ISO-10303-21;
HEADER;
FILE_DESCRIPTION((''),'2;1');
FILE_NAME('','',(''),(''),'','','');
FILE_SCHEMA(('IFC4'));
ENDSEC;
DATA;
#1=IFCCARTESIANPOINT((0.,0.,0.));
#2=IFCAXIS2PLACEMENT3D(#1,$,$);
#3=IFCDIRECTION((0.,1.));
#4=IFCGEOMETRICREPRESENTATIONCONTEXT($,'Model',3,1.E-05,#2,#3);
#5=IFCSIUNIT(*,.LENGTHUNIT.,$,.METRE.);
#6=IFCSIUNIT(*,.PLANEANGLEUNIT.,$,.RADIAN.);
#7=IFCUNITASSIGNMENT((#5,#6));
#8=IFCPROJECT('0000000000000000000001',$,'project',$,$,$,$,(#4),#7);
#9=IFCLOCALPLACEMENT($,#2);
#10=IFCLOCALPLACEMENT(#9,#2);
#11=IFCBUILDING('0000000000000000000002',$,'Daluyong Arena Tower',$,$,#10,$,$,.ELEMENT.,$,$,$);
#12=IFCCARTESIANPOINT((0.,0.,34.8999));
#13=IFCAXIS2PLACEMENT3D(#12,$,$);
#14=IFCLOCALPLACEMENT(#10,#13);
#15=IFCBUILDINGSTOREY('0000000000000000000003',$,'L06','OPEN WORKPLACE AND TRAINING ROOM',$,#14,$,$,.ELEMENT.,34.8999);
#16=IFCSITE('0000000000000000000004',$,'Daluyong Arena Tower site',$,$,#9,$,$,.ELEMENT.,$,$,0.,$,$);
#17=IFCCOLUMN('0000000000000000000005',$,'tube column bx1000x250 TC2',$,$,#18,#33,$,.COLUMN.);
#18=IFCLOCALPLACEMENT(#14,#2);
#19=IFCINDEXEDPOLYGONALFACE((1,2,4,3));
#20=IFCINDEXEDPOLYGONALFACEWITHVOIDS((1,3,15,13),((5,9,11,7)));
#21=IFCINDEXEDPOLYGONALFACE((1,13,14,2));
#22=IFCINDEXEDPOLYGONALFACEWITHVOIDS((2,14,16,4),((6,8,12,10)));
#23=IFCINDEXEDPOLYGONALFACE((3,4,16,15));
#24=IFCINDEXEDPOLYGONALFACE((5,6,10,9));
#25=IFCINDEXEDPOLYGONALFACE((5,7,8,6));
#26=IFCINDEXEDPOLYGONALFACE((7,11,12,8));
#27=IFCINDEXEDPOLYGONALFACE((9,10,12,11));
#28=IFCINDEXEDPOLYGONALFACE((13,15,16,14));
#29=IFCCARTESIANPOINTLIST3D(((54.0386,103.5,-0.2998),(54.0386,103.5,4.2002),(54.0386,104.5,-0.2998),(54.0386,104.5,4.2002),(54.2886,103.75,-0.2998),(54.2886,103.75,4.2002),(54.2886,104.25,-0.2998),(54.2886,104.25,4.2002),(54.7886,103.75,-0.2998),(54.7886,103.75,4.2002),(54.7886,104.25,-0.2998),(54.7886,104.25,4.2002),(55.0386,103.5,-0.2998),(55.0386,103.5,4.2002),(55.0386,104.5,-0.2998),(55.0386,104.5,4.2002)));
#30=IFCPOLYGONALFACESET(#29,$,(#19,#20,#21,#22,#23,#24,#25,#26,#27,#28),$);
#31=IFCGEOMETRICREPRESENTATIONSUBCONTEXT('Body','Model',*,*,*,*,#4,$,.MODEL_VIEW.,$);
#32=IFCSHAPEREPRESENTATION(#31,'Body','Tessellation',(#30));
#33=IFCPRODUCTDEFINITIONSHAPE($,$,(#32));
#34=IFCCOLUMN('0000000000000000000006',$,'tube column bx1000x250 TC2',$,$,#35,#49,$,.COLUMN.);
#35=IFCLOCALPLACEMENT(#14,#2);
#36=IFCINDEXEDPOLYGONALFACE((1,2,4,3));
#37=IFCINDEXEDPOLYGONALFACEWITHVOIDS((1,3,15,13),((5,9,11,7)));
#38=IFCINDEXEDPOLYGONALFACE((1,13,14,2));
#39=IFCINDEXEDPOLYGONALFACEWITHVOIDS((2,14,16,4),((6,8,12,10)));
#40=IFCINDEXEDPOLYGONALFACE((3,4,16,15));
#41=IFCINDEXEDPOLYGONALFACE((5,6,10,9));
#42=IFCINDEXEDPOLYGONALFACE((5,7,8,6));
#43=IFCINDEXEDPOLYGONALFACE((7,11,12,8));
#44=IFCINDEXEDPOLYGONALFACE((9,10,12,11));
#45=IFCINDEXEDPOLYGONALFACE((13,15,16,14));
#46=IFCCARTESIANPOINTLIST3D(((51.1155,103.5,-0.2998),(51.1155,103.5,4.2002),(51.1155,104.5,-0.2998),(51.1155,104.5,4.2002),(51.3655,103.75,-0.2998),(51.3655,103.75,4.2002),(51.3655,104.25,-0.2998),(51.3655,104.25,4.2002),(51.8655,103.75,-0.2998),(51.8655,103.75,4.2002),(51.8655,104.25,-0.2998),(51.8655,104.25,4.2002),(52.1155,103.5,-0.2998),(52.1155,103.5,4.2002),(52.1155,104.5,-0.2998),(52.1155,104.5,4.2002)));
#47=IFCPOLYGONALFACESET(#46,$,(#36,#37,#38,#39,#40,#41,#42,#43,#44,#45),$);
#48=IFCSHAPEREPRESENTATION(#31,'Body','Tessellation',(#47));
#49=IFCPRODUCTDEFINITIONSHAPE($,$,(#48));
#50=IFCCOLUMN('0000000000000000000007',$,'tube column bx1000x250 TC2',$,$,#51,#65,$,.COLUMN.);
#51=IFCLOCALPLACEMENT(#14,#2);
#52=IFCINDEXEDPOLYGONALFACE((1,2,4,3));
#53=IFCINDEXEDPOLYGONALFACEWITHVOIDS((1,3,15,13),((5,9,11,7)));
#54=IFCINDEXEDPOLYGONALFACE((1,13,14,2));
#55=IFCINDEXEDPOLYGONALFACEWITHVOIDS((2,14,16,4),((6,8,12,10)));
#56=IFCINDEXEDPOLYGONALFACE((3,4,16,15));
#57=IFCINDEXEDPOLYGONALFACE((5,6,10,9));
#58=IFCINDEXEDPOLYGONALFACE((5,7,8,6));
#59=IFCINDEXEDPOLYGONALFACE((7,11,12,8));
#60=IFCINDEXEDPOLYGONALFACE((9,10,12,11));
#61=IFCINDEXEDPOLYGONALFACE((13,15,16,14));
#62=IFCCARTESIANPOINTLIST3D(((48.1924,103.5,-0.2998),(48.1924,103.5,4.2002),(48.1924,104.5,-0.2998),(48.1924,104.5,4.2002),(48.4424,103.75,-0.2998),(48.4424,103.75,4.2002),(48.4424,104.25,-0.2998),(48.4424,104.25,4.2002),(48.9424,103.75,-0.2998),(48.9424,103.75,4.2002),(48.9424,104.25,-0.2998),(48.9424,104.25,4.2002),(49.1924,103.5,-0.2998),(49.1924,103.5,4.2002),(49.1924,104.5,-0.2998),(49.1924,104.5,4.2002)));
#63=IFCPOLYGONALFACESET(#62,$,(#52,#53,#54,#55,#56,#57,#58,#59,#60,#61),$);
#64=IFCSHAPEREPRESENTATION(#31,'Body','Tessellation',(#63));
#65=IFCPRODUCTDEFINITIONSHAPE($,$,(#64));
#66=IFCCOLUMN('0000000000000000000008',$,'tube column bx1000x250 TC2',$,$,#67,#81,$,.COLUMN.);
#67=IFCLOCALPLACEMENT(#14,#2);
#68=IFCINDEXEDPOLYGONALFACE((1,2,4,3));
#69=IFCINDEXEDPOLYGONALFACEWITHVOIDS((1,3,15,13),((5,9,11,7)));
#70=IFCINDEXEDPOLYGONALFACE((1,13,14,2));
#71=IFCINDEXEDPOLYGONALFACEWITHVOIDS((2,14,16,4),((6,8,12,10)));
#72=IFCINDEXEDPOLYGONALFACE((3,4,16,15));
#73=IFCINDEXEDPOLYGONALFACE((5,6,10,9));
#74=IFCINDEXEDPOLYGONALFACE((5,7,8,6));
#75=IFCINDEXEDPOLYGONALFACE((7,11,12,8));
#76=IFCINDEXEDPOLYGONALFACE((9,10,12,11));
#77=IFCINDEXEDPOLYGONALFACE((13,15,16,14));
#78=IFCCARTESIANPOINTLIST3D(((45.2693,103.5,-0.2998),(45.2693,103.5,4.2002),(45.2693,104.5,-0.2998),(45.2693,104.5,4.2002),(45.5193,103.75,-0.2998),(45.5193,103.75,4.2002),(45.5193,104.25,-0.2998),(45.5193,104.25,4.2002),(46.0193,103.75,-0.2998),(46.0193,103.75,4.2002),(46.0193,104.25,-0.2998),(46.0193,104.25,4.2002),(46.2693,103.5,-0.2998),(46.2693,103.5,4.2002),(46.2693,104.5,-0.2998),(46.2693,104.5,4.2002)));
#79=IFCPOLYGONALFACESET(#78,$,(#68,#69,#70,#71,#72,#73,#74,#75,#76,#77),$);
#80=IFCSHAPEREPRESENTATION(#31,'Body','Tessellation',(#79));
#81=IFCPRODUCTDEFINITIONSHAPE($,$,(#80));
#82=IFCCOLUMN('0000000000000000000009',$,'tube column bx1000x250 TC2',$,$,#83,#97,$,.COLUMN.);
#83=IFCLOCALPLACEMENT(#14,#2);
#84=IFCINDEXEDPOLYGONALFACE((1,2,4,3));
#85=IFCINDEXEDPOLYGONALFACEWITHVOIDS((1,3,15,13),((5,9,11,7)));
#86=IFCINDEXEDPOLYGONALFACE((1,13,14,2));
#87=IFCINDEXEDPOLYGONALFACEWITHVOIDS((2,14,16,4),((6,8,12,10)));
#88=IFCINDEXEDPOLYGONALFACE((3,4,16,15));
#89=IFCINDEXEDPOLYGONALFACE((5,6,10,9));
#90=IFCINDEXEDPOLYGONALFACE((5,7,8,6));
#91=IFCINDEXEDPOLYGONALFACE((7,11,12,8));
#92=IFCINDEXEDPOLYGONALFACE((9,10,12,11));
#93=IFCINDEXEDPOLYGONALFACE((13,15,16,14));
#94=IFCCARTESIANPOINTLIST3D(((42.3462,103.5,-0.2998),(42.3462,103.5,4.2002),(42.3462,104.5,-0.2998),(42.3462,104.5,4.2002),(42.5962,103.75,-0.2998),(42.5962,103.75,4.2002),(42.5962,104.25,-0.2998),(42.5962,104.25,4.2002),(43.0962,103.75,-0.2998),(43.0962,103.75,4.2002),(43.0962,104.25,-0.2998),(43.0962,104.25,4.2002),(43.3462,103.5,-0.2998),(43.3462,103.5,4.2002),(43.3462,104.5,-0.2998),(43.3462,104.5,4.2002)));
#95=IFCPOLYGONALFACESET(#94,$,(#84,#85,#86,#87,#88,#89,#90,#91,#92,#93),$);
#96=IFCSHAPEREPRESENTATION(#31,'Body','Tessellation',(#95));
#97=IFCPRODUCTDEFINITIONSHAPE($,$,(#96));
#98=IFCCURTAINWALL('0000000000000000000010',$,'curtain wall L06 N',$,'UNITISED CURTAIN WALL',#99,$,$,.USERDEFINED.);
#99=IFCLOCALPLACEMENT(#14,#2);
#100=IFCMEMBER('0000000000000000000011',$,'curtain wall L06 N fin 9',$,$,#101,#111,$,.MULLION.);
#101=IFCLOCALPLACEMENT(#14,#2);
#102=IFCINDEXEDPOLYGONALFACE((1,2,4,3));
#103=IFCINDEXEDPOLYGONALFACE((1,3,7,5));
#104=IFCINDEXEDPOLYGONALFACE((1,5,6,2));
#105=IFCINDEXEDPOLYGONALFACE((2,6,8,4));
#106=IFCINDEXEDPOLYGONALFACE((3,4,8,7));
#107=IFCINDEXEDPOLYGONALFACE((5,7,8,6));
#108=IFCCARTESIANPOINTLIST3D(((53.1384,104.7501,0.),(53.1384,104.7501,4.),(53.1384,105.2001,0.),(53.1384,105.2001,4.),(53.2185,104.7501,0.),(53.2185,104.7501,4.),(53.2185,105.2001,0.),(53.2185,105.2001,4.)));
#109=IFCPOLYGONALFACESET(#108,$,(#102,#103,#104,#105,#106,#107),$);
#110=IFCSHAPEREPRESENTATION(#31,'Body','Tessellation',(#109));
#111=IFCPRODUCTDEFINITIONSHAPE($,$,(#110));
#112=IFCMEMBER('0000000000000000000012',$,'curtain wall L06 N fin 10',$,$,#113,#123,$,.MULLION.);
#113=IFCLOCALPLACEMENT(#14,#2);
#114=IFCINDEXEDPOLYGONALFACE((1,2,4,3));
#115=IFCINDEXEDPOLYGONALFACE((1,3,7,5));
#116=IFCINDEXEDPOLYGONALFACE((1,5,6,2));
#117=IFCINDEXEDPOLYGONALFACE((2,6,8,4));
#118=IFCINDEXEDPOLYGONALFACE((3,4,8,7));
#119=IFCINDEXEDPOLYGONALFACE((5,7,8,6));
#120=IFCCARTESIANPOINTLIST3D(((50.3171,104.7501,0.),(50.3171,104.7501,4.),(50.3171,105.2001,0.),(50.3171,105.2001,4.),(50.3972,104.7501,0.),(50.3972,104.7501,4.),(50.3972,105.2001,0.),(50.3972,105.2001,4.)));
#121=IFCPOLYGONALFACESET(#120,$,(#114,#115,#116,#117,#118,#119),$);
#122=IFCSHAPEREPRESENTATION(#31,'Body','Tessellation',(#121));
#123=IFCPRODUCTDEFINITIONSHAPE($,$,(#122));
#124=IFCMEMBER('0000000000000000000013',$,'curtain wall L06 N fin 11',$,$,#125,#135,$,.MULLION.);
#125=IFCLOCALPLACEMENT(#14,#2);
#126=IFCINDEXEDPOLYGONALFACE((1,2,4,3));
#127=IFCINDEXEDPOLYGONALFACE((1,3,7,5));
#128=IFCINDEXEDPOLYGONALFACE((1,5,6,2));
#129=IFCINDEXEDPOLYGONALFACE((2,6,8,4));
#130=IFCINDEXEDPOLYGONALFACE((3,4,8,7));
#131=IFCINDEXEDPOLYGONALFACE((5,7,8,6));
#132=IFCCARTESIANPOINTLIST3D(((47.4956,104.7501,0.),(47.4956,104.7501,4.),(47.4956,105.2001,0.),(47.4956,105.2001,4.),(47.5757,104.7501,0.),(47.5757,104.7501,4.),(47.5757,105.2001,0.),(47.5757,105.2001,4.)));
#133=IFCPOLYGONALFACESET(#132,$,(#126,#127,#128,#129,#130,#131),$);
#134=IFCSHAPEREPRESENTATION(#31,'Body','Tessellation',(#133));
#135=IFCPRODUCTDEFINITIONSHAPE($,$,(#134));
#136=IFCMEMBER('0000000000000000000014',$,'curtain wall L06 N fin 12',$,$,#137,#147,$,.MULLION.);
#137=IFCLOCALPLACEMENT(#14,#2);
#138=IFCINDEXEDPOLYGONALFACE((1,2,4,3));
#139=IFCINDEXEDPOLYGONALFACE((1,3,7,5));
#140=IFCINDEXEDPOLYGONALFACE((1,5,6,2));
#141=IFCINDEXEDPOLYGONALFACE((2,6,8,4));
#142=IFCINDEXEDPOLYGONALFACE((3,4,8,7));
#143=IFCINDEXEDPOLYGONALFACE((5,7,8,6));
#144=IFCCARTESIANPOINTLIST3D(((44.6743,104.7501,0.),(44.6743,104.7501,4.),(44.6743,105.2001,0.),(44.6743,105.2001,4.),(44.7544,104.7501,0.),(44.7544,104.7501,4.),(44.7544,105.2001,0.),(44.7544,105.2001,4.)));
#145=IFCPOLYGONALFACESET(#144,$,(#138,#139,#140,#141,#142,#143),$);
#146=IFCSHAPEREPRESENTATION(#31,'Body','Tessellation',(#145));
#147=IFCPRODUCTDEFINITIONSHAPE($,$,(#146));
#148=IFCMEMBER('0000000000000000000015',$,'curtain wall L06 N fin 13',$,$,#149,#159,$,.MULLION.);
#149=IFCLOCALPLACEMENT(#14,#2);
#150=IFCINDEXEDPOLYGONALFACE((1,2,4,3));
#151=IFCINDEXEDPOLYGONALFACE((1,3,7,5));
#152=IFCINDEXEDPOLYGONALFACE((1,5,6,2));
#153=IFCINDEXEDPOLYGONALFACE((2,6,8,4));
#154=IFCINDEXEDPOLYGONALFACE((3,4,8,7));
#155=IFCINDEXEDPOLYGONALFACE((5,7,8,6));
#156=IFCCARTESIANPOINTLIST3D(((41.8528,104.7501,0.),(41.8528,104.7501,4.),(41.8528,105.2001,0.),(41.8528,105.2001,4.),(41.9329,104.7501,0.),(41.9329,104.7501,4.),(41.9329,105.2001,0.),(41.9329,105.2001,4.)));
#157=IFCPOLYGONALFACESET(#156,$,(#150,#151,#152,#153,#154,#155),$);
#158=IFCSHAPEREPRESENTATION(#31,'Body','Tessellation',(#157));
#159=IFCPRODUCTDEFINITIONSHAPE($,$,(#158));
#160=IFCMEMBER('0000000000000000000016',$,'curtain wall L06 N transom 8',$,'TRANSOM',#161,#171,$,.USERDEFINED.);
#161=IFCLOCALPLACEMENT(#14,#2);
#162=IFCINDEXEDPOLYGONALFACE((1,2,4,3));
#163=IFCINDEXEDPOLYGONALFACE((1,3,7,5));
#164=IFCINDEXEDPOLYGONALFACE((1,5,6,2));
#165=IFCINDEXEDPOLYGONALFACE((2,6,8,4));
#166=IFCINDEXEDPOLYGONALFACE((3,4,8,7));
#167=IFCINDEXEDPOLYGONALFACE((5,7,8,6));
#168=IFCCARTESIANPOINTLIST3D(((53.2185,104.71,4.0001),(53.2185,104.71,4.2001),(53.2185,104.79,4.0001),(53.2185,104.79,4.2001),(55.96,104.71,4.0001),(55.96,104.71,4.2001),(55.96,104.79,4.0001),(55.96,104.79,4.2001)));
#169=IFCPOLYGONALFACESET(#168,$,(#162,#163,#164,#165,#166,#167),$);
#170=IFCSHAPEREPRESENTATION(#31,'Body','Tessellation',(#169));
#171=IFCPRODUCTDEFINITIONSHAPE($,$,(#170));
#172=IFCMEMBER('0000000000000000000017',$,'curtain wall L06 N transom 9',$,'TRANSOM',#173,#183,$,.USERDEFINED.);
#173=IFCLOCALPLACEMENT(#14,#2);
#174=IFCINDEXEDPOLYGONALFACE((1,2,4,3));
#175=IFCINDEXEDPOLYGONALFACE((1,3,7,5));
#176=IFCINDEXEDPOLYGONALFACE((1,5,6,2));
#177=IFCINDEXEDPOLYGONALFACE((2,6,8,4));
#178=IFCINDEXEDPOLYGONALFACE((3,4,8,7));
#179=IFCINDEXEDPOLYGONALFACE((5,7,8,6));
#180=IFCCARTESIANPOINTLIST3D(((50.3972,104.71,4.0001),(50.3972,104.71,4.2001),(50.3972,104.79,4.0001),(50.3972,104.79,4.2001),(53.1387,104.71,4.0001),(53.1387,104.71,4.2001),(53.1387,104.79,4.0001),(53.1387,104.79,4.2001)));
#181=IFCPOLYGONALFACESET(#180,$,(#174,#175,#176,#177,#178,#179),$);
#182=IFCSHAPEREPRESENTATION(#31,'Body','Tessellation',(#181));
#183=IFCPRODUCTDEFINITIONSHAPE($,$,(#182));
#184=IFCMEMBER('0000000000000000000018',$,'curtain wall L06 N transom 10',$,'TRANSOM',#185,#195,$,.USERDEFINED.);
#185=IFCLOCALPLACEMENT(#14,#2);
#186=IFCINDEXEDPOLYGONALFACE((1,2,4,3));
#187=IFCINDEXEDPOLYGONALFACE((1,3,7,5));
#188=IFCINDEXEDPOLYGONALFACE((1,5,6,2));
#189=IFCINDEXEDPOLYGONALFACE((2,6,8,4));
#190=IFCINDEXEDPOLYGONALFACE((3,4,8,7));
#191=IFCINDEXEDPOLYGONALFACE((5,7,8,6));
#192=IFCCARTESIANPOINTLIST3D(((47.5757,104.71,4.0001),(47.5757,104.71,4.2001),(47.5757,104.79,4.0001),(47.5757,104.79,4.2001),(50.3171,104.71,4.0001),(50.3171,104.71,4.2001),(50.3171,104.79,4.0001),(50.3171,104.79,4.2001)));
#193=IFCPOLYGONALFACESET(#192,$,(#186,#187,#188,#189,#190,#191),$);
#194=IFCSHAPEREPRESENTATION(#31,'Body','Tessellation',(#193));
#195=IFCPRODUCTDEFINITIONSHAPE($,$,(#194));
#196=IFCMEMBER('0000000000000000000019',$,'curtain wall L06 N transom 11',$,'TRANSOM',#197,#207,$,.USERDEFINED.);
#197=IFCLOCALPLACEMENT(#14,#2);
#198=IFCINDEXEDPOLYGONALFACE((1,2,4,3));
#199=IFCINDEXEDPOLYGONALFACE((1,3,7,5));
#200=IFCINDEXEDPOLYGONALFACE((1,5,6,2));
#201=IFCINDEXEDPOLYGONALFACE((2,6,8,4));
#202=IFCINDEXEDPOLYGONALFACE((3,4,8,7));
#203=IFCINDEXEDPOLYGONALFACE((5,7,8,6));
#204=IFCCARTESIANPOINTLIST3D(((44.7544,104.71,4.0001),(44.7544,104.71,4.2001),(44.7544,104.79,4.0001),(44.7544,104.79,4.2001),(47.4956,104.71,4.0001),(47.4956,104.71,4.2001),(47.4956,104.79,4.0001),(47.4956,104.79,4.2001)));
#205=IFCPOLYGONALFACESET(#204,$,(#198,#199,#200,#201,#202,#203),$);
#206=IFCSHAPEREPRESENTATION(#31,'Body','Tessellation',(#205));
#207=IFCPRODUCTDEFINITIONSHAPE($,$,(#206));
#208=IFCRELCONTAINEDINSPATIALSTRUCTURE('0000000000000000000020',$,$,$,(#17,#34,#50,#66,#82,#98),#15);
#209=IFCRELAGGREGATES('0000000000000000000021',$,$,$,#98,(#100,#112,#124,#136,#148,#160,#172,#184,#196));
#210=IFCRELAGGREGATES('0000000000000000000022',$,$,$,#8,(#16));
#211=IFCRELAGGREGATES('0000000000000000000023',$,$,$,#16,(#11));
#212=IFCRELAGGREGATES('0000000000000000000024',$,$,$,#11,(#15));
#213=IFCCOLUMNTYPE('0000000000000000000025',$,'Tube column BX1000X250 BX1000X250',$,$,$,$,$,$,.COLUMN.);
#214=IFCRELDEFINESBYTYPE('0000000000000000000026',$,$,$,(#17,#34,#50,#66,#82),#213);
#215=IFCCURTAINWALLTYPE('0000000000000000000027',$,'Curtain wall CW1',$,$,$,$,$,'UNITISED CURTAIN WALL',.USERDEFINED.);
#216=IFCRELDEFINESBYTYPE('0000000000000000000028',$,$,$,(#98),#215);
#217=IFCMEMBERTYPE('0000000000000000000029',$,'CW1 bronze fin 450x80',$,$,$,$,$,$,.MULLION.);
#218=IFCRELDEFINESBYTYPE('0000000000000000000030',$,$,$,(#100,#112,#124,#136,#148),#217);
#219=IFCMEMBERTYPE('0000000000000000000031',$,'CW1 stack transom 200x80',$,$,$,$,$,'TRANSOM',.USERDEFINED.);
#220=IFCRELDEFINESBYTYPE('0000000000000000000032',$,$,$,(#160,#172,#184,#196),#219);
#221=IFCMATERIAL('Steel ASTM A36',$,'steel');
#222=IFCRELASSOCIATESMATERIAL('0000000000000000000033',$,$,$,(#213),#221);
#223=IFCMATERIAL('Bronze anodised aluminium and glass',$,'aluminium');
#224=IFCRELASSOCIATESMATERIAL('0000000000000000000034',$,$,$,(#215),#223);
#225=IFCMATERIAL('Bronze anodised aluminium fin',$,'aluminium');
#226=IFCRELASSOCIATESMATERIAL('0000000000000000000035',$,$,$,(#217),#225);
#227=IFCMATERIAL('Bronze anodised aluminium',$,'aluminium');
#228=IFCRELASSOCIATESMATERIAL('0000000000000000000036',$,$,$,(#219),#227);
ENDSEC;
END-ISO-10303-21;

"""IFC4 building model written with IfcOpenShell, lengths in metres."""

from ifc_helpers import new_model, si_unit, direction, frame, origin, origin_2d, place, context, subcontext, project, spatial, rectangle, hollow_rectangle, extrude, material, material_profile, profile_set, type_object, element, aggregate, save


model = new_model("IFC4")

# Units and contexts
model_context = context("Model", 3, precision=1e-05, world=origin(), true_north=direction((0.0, 1.0)))
body_context = subcontext(model_context, "Body", "Model", "MODEL_VIEW")
ifc_project = project(units=[si_unit("LENGTHUNIT", "METRE"), si_unit("PLANEANGLEUNIT", "RADIAN")], contexts=[model_context])

# Site, building, storey
site_placement = place(None, origin())
site = spatial("IfcSite", under=ifc_project, at=site_placement, Name="Daluyong Arena Tower site", CompositionType="ELEMENT", RefElevation=0.0)
building_placement = place(site_placement, origin())
building = spatial("IfcBuilding", under=site, at=building_placement, Name="Daluyong Arena Tower", CompositionType="ELEMENT")
storey_placement = place(building_placement, frame((0.0, 0.0, 34.8999)))
storey = spatial("IfcBuildingStorey", under=building, at=storey_placement, Name="L06", Description="OPEN WORKPLACE AND TRAINING ROOM", CompositionType="ELEMENT", Elevation=34.8999)

# Columns
ifc_material_1 = material(Name="Steel ASTM A36", Category="steel")
ifc_material_profile_1 = material_profile(ifc_material_1, hollow_rectangle(XDim=1.0, YDim=1.0, WallThickness=0.25, at=origin_2d()))
ifc_profile_set_1 = profile_set([ifc_material_profile_1], Name="Steel ASTM A36")
column_type = type_object("IfcColumnType", Name="Tube column BX1000X250 BX1000X250", PredefinedType="COLUMN", material=ifc_profile_set_1)
for number, where, z_axis, x_axis, name in (
    (1, (54.5386, 104.0, -0.2998), (0.0, 0.0, 1.0), (1.0, 0.0, 0.0), "tube column bx1000x250 TC2"),
    (2, (51.6155, 104.0, -0.2998), (0.0, 0.0, 1.0), (1.0, 0.0, 0.0), "tube column bx1000x250 TC2"),
    (3, (48.6924, 104.0, -0.2998), (0.0, 0.0, 1.0), (1.0, 0.0, 0.0), "tube column bx1000x250 TC2"),
    (4, (45.7693, 104.0, -0.2998), (0.0, 0.0, 1.0), (1.0, 0.0, 0.0), "tube column bx1000x250 TC2"),
    (5, (42.8462, 104.0, -0.2998), (0.0, 0.0, 1.0), (1.0, 0.0, 0.0), "tube column bx1000x250 TC2"),
):
    element("IfcColumn", number, at=place(storey_placement, frame(where, z_axis=z_axis, x_axis=x_axis)), inside=storey, type_object=column_type, Name=name, PredefinedType="COLUMN", context=body_context, shape_type="SweptSolid", body=[
        extrude(hollow_rectangle(XDim=1.0, YDim=1.0, WallThickness=0.25, at=origin_2d()), origin(), (0.0, 0.0, 1.0), 4.5),
    ])

# Curtain wall, members
ifc_material_2 = material(Name="Bronze anodised aluminium and glass", Category="aluminium")
curtain_wall_type = type_object("IfcCurtainWallType", Name="Curtain wall CW1", ElementType="UNITISED CURTAIN WALL", PredefinedType="USERDEFINED", material=ifc_material_2)
curtain_wall_placement = place(storey_placement, origin())
curtain_wall = element("IfcCurtainWall", 6, at=curtain_wall_placement, inside=storey, type_object=curtain_wall_type, Name="curtain wall L06 N", ObjectType="UNITISED CURTAIN WALL", PredefinedType="USERDEFINED")
ifc_material_3 = material(Name="Bronze anodised aluminium fin", Category="aluminium")
ifc_material_profile_2 = material_profile(ifc_material_3, rectangle(XDim=0.45, YDim=0.0801, at=origin_2d()))
ifc_profile_set_2 = profile_set([ifc_material_profile_2], Name="Bronze anodised aluminium fin")
member_type_1 = type_object("IfcMemberType", Name="CW1 bronze fin 450x80", PredefinedType="MULLION", material=ifc_profile_set_2)
member_1_placement = place(storey_placement, frame((53.1785, 104.9751, 0.0), z_axis=(0.0, 0.0, 1.0), x_axis=(0.0, -1.0, 0.0)))
member_1 = element("IfcMember", 7, at=member_1_placement, type_object=member_type_1, Name="curtain wall L06 N fin 9", PredefinedType="MULLION", context=body_context, shape_type="SweptSolid", body=[
    extrude(rectangle(XDim=0.45, YDim=0.0801, at=origin_2d()), origin(), (0.0, 0.0, 1.0), 4.0),
])
member_2_placement = place(storey_placement, frame((50.3572, 104.9751, 0.0), z_axis=(0.0, 0.0, 1.0), x_axis=(0.0, -1.0, 0.0)))
member_2 = element("IfcMember", 8, at=member_2_placement, type_object=member_type_1, Name="curtain wall L06 N fin 10", PredefinedType="MULLION", context=body_context, shape_type="SweptSolid", body=[
    extrude(rectangle(XDim=0.45, YDim=0.0801, at=origin_2d()), origin(), (0.0, 0.0, 1.0), 4.0),
])
member_3_placement = place(storey_placement, frame((47.5356, 104.9751, 0.0), z_axis=(0.0, 0.0, 1.0), x_axis=(0.0, -1.0, 0.0)))
member_3 = element("IfcMember", 9, at=member_3_placement, type_object=member_type_1, Name="curtain wall L06 N fin 11", PredefinedType="MULLION", context=body_context, shape_type="SweptSolid", body=[
    extrude(rectangle(XDim=0.45, YDim=0.0801, at=origin_2d()), origin(), (0.0, 0.0, 1.0), 4.0),
])
member_4_placement = place(storey_placement, frame((44.7144, 104.9751, 0.0), z_axis=(0.0, 0.0, 1.0), x_axis=(0.0, -1.0, 0.0)))
member_4 = element("IfcMember", 10, at=member_4_placement, type_object=member_type_1, Name="curtain wall L06 N fin 12", PredefinedType="MULLION", context=body_context, shape_type="SweptSolid", body=[
    extrude(rectangle(XDim=0.45, YDim=0.0801, at=origin_2d()), origin(), (0.0, 0.0, 1.0), 4.0),
])
member_5_placement = place(storey_placement, frame((41.8928, 104.9751, 0.0), z_axis=(0.0, 0.0, 1.0), x_axis=(0.0, -1.0, 0.0)))
member_5 = element("IfcMember", 11, at=member_5_placement, type_object=member_type_1, Name="curtain wall L06 N fin 13", PredefinedType="MULLION", context=body_context, shape_type="SweptSolid", body=[
    extrude(rectangle(XDim=0.45, YDim=0.0801, at=origin_2d()), origin(), (0.0, 0.0, 1.0), 4.0),
])
ifc_material_4 = material(Name="Bronze anodised aluminium", Category="aluminium")
ifc_material_profile_3 = material_profile(ifc_material_4, rectangle(XDim=0.0801, YDim=0.2, at=origin_2d()))
ifc_profile_set_3 = profile_set([ifc_material_profile_3], Name="Bronze anodised aluminium")
member_type_2 = type_object("IfcMemberType", Name="CW1 stack transom 200x80", ElementType="TRANSOM", PredefinedType="USERDEFINED", material=ifc_profile_set_3)
member_6_placement = place(storey_placement, frame((55.96, 104.75, 4.1001), z_axis=(-1.0, 0.0, 0.0), x_axis=(0.0, -1.0, 0.0)))
member_6 = element("IfcMember", 12, at=member_6_placement, type_object=member_type_2, Name="curtain wall L06 N transom 8", ObjectType="TRANSOM", PredefinedType="USERDEFINED", context=body_context, shape_type="SweptSolid", body=[
    extrude(rectangle(XDim=0.0801, YDim=0.2, at=origin_2d()), origin(), (0.0, 0.0, 1.0), 2.7415),
])
member_7_placement = place(storey_placement, frame((53.1387, 104.75, 4.1001), z_axis=(-1.0, 0.0, 0.0), x_axis=(0.0, -1.0, 0.0)))
member_7 = element("IfcMember", 13, at=member_7_placement, type_object=member_type_2, Name="curtain wall L06 N transom 9", ObjectType="TRANSOM", PredefinedType="USERDEFINED", context=body_context, shape_type="SweptSolid", body=[
    extrude(rectangle(XDim=0.0801, YDim=0.2, at=origin_2d()), origin(), (0.0, 0.0, 1.0), 2.7415),
])
member_8_placement = place(storey_placement, frame((50.3171, 104.75, 4.1001), z_axis=(-1.0, 0.0, 0.0), x_axis=(0.0, -1.0, 0.0)))
member_8 = element("IfcMember", 14, at=member_8_placement, type_object=member_type_2, Name="curtain wall L06 N transom 10", ObjectType="TRANSOM", PredefinedType="USERDEFINED", context=body_context, shape_type="SweptSolid", body=[
    extrude(rectangle(XDim=0.0801, YDim=0.2, at=origin_2d()), origin(), (0.0, 0.0, 1.0), 2.7415),
])
member_9_placement = place(storey_placement, frame((47.4956, 104.75, 4.1001), z_axis=(-1.0, 0.0, 0.0), x_axis=(0.0, -1.0, 0.0)))
member_9 = element("IfcMember", 15, at=member_9_placement, type_object=member_type_2, Name="curtain wall L06 N transom 11", ObjectType="TRANSOM", PredefinedType="USERDEFINED", context=body_context, shape_type="SweptSolid", body=[
    extrude(rectangle(XDim=0.0801, YDim=0.2, at=origin_2d()), origin(), (0.0, 0.0, 1.0), 2.7412),
])

aggregate(curtain_wall, [member_1, member_2, member_3, member_4, member_5, member_6, member_7, member_8, member_9])

save(model, "model.ifc")
